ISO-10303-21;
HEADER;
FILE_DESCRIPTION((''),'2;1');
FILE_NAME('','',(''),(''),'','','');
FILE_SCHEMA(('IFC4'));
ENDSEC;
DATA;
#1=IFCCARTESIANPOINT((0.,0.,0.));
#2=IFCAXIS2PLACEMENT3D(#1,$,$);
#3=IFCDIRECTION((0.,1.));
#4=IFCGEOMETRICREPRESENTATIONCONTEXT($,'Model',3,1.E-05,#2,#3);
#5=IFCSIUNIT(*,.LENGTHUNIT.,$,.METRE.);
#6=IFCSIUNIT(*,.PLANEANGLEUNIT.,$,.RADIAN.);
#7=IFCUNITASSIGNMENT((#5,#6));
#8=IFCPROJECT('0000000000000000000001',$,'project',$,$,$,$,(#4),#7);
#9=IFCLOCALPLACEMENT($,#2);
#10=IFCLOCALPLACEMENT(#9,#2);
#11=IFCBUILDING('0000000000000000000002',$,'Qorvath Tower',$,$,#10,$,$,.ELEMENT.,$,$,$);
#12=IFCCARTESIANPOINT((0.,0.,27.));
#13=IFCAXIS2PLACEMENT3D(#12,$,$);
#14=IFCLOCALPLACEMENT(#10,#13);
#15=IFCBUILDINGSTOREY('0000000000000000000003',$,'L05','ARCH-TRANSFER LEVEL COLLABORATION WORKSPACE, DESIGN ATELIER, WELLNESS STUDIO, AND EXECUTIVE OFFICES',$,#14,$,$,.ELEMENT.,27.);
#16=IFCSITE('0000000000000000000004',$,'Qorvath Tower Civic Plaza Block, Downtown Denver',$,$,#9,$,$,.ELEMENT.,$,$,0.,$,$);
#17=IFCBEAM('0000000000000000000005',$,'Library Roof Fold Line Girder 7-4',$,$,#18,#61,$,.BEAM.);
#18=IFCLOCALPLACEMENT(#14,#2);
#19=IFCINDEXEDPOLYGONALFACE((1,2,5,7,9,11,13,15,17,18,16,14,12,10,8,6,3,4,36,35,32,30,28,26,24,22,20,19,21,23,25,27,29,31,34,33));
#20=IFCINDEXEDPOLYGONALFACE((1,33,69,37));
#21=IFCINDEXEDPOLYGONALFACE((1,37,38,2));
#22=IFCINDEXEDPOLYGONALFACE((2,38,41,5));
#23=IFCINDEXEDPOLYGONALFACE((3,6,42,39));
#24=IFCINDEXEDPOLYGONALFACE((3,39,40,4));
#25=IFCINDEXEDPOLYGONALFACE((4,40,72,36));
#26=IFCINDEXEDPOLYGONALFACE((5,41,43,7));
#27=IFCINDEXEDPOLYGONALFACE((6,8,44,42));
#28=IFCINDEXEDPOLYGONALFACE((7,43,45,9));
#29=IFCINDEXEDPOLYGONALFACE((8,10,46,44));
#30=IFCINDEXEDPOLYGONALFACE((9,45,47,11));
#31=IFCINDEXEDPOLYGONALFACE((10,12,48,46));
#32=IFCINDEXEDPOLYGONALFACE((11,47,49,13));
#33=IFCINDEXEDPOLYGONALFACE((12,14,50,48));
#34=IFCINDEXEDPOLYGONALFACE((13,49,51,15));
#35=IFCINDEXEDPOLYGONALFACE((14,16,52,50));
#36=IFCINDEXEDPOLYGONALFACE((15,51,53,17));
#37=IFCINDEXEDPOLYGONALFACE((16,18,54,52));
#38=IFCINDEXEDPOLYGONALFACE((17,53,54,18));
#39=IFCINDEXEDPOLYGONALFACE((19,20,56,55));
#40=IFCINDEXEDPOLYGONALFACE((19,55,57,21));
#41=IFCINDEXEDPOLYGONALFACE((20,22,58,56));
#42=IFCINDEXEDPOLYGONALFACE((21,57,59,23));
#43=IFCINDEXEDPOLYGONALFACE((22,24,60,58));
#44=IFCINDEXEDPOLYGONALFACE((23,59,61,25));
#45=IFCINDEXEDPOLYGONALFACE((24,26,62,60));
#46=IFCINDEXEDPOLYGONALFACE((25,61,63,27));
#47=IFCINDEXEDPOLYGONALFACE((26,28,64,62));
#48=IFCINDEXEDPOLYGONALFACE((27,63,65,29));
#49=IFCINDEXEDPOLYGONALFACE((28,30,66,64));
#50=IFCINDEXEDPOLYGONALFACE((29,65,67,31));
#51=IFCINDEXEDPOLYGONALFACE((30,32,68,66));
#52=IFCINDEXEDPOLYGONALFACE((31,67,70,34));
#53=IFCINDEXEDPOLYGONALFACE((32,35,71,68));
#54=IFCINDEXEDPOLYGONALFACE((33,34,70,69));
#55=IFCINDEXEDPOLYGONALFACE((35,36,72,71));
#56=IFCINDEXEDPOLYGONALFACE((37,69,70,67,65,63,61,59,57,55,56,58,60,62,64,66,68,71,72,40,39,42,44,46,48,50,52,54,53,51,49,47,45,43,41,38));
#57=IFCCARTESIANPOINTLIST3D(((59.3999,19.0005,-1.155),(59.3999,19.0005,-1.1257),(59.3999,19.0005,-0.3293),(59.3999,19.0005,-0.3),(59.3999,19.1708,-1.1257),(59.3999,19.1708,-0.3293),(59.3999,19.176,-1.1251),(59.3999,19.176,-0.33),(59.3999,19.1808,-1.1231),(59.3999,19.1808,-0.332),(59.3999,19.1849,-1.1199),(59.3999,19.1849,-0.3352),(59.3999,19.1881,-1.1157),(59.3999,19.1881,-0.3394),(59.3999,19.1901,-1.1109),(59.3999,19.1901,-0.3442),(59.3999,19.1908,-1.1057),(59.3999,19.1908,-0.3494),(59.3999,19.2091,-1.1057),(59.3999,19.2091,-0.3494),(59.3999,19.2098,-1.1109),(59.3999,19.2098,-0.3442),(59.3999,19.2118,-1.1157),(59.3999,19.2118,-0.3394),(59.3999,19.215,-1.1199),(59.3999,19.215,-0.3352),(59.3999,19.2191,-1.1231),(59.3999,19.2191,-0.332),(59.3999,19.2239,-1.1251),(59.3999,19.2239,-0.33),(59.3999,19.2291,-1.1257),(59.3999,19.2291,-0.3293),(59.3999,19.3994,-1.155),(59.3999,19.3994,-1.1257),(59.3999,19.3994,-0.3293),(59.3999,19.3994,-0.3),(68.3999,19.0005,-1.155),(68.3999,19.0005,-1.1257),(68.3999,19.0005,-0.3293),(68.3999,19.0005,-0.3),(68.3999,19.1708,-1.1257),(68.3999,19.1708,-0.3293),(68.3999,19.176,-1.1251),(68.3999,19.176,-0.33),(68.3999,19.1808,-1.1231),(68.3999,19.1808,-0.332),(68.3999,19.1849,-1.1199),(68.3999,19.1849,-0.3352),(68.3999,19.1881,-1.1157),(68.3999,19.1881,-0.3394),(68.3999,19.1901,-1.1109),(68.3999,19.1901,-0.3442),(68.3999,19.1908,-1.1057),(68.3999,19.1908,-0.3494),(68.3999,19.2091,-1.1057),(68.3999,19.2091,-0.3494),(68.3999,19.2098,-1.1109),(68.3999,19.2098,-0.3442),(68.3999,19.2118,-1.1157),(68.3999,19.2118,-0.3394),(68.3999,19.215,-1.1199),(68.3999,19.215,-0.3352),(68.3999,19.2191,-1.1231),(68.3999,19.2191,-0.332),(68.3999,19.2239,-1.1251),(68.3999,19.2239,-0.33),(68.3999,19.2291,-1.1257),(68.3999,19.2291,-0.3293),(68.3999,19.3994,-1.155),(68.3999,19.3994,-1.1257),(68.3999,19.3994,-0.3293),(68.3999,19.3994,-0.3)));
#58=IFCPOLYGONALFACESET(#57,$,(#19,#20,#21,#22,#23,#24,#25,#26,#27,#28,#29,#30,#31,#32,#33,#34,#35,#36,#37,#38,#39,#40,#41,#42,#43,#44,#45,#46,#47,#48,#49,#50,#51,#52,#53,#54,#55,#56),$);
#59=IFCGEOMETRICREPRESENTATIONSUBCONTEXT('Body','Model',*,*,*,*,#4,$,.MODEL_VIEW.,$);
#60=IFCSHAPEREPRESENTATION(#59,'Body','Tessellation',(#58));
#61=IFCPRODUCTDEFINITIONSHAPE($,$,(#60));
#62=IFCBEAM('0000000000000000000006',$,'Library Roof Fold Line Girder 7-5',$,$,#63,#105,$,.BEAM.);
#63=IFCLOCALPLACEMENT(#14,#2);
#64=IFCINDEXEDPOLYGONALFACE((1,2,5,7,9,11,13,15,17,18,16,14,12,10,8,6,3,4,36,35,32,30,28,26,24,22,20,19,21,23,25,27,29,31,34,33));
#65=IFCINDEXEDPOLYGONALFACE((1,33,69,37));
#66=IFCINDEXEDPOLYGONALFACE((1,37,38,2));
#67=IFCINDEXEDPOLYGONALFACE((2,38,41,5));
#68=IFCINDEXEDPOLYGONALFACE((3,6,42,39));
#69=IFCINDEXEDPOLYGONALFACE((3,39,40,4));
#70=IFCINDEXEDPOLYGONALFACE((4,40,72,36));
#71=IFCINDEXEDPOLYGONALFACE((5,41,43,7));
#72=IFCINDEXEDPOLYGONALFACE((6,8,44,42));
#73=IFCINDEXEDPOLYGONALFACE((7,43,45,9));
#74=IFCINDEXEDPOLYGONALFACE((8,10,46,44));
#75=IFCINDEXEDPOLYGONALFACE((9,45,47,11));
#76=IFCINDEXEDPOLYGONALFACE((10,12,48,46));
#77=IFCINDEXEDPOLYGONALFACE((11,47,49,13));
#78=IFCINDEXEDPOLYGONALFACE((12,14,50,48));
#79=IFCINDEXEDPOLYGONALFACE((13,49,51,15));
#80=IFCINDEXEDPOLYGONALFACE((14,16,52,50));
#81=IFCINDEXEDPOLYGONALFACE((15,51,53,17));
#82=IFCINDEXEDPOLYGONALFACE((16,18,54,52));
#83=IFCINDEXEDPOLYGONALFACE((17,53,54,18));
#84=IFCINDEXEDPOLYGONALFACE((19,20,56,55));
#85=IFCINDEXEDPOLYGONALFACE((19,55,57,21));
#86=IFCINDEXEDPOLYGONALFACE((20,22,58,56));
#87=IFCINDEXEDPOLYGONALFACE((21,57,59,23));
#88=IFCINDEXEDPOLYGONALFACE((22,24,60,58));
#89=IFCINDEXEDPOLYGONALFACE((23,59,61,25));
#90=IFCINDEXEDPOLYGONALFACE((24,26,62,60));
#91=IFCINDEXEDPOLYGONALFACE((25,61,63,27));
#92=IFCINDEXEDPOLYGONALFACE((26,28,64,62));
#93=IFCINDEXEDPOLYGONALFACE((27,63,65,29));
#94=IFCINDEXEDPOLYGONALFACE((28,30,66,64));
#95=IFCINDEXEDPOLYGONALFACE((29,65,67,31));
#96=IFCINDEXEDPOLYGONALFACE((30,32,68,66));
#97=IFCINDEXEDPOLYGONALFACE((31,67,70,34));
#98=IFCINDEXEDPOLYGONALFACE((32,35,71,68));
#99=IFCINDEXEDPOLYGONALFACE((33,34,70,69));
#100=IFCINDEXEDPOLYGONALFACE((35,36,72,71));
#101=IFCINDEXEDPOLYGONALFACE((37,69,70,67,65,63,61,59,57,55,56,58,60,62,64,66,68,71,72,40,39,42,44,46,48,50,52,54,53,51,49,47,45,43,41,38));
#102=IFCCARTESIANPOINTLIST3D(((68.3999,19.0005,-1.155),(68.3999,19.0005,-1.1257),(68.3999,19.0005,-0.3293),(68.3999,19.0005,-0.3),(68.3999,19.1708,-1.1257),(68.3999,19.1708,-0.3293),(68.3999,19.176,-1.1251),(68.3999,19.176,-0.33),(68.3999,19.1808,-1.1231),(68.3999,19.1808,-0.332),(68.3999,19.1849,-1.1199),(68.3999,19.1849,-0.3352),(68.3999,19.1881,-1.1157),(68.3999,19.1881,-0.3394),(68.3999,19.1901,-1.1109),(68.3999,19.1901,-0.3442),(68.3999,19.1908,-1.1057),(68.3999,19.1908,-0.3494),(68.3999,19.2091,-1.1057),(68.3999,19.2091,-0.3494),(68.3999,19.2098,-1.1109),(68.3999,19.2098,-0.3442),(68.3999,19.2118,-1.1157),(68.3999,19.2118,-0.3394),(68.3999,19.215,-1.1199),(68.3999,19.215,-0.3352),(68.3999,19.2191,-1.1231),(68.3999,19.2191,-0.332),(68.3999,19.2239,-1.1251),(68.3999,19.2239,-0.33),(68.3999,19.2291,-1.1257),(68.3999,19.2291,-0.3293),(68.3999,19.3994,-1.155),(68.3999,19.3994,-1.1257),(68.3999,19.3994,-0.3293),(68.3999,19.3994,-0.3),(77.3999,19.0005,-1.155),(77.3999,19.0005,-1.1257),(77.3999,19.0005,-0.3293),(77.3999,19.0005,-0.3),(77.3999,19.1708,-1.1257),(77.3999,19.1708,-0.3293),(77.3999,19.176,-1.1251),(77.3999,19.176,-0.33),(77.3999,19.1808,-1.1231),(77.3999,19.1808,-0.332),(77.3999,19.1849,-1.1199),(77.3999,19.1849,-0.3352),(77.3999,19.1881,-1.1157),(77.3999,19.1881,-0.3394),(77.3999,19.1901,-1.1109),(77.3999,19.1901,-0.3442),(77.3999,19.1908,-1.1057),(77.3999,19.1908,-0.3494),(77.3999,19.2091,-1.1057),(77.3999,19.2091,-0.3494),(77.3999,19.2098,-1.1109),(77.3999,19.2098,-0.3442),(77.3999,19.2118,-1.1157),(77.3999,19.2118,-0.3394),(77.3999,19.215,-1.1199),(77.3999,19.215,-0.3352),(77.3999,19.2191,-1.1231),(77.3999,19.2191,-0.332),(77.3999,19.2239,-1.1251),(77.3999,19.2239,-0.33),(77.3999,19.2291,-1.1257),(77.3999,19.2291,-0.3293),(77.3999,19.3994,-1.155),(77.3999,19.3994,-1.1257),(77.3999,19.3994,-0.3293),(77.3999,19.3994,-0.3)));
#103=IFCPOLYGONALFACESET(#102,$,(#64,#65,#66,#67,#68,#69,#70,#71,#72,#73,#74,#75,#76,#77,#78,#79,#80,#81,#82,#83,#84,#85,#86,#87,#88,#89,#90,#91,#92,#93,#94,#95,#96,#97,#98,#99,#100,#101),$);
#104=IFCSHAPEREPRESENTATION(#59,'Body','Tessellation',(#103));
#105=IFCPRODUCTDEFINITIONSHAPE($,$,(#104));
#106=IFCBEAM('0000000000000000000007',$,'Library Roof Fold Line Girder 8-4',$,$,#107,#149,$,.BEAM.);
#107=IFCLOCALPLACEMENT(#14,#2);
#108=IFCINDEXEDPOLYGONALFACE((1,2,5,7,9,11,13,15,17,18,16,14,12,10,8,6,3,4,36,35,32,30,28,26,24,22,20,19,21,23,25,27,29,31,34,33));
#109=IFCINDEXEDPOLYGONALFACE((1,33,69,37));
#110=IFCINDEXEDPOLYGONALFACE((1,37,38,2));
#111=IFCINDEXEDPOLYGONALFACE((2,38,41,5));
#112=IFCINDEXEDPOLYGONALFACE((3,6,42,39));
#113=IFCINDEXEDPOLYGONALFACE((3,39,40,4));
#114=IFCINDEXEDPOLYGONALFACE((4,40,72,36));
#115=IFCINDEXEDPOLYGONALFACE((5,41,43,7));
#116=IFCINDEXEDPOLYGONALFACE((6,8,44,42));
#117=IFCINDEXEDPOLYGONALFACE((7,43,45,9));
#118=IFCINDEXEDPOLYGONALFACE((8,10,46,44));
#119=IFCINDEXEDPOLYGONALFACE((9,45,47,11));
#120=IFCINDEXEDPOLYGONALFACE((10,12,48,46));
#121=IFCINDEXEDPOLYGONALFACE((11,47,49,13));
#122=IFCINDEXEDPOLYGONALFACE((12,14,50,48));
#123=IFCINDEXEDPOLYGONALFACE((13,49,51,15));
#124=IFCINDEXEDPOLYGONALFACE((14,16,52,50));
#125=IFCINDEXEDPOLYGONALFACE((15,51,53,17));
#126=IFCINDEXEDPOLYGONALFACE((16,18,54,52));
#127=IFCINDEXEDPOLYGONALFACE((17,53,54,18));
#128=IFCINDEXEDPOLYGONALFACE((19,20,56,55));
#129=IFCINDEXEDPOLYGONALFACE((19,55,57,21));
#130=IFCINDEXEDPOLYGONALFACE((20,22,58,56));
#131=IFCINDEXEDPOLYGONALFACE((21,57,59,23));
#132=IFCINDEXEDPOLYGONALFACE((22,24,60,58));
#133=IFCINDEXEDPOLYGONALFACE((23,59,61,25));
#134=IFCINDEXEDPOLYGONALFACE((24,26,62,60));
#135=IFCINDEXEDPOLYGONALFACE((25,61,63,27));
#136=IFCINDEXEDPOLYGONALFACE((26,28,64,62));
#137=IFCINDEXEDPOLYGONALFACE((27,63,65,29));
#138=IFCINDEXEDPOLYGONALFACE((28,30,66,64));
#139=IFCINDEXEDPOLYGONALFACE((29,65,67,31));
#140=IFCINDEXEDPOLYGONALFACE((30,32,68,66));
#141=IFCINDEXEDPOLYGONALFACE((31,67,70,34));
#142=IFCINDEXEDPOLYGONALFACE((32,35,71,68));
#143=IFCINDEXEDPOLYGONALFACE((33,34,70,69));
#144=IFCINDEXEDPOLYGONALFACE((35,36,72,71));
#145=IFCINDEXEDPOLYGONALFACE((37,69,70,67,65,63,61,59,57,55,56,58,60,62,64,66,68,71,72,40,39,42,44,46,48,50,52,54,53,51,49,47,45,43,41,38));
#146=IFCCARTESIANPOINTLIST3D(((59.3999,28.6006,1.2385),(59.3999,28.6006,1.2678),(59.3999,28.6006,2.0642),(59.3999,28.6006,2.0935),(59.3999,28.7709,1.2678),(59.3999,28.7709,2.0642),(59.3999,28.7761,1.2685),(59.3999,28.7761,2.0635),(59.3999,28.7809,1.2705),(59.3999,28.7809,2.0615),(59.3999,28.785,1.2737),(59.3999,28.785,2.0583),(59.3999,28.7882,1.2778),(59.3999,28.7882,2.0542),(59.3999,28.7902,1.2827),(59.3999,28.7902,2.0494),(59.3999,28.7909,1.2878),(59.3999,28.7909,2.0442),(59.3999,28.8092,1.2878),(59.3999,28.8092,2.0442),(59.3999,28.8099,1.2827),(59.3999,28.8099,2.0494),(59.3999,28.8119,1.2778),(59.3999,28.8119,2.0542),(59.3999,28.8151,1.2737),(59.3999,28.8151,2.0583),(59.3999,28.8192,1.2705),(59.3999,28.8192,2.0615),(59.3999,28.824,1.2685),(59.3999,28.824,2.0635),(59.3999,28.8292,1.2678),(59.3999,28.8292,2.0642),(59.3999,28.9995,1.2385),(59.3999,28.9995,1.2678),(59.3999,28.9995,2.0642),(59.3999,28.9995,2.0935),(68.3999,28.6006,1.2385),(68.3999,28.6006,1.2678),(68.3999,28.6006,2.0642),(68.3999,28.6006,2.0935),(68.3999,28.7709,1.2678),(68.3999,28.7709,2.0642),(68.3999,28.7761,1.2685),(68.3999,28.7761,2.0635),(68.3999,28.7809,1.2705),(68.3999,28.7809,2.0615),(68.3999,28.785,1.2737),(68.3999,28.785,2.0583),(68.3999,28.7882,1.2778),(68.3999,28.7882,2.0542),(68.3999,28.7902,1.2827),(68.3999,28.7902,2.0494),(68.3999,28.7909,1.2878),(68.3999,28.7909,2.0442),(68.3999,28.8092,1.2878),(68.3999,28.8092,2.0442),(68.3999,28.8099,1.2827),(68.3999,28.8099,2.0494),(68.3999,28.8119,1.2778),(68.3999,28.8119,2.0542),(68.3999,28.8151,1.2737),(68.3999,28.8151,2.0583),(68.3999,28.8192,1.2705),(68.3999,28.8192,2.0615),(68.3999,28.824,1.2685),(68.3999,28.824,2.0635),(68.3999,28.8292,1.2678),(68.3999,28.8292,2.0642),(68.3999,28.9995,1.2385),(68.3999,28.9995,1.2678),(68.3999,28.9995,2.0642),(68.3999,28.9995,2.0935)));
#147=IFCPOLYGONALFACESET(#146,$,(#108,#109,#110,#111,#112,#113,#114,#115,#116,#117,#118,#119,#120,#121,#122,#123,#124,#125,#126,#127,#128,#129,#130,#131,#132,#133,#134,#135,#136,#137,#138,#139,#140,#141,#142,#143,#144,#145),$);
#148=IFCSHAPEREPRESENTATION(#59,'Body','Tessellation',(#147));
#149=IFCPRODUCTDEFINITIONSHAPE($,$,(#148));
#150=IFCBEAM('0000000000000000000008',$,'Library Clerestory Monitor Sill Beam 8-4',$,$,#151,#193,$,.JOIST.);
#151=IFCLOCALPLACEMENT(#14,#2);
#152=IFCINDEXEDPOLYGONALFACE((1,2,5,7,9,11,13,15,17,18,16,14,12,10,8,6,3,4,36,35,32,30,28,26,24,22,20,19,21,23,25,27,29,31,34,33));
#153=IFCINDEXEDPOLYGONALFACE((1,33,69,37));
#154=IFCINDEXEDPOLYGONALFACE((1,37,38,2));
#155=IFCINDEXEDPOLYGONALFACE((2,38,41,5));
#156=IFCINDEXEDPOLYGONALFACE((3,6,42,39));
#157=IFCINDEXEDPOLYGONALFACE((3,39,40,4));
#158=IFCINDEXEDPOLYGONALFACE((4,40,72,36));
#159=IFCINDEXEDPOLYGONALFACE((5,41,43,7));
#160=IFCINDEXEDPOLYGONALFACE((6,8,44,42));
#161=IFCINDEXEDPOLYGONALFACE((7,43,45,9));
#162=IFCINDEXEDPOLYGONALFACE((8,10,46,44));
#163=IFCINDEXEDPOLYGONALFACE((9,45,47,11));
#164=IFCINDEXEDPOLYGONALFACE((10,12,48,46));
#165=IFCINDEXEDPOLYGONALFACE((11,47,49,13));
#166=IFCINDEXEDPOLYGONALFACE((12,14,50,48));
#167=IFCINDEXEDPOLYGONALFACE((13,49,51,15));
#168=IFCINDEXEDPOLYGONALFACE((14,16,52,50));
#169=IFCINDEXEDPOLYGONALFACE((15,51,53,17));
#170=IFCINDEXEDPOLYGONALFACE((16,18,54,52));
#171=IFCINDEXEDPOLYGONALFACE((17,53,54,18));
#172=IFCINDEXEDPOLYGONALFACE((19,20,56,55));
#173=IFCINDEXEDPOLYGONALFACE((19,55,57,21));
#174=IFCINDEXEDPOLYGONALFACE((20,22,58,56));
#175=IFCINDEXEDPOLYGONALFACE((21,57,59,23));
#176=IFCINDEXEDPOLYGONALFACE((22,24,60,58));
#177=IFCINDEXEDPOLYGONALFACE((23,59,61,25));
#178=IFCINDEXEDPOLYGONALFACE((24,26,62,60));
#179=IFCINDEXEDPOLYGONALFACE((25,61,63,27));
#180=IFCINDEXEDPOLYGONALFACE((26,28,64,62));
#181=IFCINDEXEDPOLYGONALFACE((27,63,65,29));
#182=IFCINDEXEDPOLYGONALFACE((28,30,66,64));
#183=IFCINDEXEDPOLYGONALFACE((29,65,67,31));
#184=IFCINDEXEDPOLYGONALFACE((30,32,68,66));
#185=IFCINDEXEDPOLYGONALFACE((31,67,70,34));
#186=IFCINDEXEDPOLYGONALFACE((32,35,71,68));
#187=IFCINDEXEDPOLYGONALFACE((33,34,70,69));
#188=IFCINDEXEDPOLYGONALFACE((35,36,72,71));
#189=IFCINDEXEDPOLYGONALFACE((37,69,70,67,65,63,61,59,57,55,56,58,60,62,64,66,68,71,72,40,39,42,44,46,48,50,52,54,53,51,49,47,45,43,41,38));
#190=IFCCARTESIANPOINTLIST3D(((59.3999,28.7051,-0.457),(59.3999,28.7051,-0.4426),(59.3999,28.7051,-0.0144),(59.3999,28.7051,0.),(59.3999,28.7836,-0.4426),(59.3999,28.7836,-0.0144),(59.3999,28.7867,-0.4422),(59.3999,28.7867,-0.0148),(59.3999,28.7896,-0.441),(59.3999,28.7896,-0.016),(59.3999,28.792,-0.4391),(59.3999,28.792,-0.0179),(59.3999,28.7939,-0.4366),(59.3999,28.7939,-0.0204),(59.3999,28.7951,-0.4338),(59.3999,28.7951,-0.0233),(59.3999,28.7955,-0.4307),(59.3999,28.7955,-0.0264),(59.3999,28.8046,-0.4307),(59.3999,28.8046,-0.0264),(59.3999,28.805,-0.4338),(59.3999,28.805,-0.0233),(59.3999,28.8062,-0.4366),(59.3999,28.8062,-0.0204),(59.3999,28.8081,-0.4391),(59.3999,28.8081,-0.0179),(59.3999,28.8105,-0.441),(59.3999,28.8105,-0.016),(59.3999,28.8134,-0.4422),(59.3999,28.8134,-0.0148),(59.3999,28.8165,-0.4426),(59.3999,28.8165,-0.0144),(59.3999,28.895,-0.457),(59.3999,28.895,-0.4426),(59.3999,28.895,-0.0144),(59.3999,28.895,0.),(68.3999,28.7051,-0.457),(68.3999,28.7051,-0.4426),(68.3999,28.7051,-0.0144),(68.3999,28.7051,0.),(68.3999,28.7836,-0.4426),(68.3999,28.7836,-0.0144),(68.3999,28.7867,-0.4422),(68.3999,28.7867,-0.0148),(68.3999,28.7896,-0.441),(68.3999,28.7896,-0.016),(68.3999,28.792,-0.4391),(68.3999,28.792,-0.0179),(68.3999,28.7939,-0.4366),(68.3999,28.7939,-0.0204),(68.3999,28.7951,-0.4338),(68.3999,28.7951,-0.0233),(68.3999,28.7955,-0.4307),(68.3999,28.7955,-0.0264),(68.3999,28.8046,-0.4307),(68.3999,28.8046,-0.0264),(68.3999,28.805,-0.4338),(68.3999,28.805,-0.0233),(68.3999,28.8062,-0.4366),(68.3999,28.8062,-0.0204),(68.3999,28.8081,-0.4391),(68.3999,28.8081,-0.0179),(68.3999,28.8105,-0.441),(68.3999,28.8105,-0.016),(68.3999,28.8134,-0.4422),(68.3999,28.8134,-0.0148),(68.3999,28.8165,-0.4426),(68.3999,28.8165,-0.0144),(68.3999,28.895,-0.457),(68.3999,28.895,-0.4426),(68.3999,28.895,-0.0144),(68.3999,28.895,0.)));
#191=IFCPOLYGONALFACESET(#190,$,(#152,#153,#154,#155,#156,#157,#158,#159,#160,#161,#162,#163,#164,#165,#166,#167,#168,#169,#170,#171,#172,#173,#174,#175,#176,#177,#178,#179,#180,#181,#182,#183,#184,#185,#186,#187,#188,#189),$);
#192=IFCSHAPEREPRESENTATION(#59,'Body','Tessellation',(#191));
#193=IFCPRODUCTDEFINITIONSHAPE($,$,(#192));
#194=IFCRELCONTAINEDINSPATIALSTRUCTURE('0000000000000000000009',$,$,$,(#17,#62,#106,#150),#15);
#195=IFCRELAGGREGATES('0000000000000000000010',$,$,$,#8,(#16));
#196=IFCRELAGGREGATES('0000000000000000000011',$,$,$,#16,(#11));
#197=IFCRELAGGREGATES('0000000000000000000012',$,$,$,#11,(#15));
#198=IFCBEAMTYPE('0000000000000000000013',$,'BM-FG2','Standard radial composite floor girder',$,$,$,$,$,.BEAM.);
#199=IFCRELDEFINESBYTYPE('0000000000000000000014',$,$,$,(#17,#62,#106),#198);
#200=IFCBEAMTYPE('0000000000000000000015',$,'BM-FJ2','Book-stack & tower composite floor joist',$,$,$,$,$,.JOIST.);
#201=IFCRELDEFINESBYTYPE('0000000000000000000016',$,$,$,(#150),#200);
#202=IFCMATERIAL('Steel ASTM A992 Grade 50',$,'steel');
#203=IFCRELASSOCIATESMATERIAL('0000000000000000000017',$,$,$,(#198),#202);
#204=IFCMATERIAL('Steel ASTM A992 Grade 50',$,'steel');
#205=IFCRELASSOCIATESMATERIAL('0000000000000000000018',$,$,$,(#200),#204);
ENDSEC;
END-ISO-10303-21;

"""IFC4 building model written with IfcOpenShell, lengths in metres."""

from ifc_helpers import new_model, si_unit, direction, frame, origin, origin_2d, place, context, subcontext, project, spatial, i_section, extrude, material, material_profile, profile_set, type_object, element, save


model = new_model("IFC4")

# Units and contexts
model_context = context("Model", 3, precision=1e-05, world=origin(), true_north=direction((0.0, 1.0)))
body_context = subcontext(model_context, "Body", "Model", "MODEL_VIEW")
ifc_project = project(units=[si_unit("LENGTHUNIT", "METRE"), si_unit("PLANEANGLEUNIT", "RADIAN")], contexts=[model_context])

# Site, building, storey
site_placement = place(None, origin())
site = spatial("IfcSite", under=ifc_project, at=site_placement, Name="Qorvath Tower Civic Plaza Block, Downtown Denver", CompositionType="ELEMENT", RefElevation=0.0)
building_placement = place(site_placement, origin())
building = spatial("IfcBuilding", under=site, at=building_placement, Name="Qorvath Tower", CompositionType="ELEMENT")
storey_placement = place(building_placement, frame((0.0, 0.0, 27.0)))
storey = spatial("IfcBuildingStorey", under=building, at=storey_placement, Name="L05", Description="ARCH-TRANSFER LEVEL COLLABORATION WORKSPACE, DESIGN ATELIER, WELLNESS STUDIO, AND EXECUTIVE OFFICES", CompositionType="ELEMENT", Elevation=27.0)

# Beams
ifc_material_1 = material(Name="Steel ASTM A992 Grade 50", Category="steel")
ifc_material_profile_1 = material_profile(ifc_material_1, i_section(OverallWidth=0.3989, OverallDepth=0.855, WebThickness=0.0183, FlangeThickness=0.0293, FilletRadius=0.02, at=origin_2d()), Name="W33x201")
ifc_profile_set_1 = profile_set([ifc_material_profile_1], Name="Steel ASTM A992 Grade 50")
beam_type_1 = type_object("IfcBeamType", Name="BM-FG2", Description="Standard radial composite floor girder", PredefinedType="BEAM", material=ifc_profile_set_1)
for number, where, z_axis, x_axis, name in (
    (1, (59.3999, 19.2, -0.7275), (1.0, 0.0, 0.0), (0.0, 1.0, 0.0), "Library Roof Fold Line Girder 7-4"),
    (2, (68.3999, 19.2, -0.7275), (1.0, 0.0, 0.0), (0.0, 1.0, 0.0), "Library Roof Fold Line Girder 7-5"),
    (3, (59.3999, 28.8, 1.666), (1.0, 0.0, 0.0), (0.0, 1.0, 0.0), "Library Roof Fold Line Girder 8-4"),
):
    element("IfcBeam", number, at=place(storey_placement, frame(where, z_axis=z_axis, x_axis=x_axis)), inside=storey, type_object=beam_type_1, Name=name, PredefinedType="BEAM", context=body_context, shape_type="SweptSolid", body=[
        extrude(i_section(OverallWidth=0.3989, OverallDepth=0.855, WebThickness=0.0183, FlangeThickness=0.0293, FilletRadius=0.02, at=origin_2d()), origin(), (0.0, 0.0, 1.0), 9.0),
    ])
ifc_material_2 = material(Name="Steel ASTM A992 Grade 50", Category="steel")
ifc_material_profile_2 = material_profile(ifc_material_2, i_section(OverallWidth=0.1899, OverallDepth=0.457, WebThickness=0.009, FlangeThickness=0.0144, FilletRadius=0.012, at=origin_2d()), Name="W18x50")
ifc_profile_set_2 = profile_set([ifc_material_profile_2], Name="Steel ASTM A992 Grade 50")
beam_type_2 = type_object("IfcBeamType", Name="BM-FJ2", Description="Book-stack & tower composite floor joist", PredefinedType="JOIST", material=ifc_profile_set_2)
beam_placement = place(storey_placement, frame((59.3999, 28.8, -0.2285), z_axis=(1.0, 0.0, 0.0), x_axis=(0.0, 1.0, 0.0)))
element("IfcBeam", 4, at=beam_placement, inside=storey, type_object=beam_type_2, Name="Library Clerestory Monitor Sill Beam 8-4", PredefinedType="JOIST", context=body_context, shape_type="SweptSolid", body=[
    extrude(i_section(OverallWidth=0.1899, OverallDepth=0.457, WebThickness=0.009, FlangeThickness=0.0144, FilletRadius=0.012, at=origin_2d()), origin(), (0.0, 0.0, 1.0), 9.0),
])

save(model, "model.ifc")
